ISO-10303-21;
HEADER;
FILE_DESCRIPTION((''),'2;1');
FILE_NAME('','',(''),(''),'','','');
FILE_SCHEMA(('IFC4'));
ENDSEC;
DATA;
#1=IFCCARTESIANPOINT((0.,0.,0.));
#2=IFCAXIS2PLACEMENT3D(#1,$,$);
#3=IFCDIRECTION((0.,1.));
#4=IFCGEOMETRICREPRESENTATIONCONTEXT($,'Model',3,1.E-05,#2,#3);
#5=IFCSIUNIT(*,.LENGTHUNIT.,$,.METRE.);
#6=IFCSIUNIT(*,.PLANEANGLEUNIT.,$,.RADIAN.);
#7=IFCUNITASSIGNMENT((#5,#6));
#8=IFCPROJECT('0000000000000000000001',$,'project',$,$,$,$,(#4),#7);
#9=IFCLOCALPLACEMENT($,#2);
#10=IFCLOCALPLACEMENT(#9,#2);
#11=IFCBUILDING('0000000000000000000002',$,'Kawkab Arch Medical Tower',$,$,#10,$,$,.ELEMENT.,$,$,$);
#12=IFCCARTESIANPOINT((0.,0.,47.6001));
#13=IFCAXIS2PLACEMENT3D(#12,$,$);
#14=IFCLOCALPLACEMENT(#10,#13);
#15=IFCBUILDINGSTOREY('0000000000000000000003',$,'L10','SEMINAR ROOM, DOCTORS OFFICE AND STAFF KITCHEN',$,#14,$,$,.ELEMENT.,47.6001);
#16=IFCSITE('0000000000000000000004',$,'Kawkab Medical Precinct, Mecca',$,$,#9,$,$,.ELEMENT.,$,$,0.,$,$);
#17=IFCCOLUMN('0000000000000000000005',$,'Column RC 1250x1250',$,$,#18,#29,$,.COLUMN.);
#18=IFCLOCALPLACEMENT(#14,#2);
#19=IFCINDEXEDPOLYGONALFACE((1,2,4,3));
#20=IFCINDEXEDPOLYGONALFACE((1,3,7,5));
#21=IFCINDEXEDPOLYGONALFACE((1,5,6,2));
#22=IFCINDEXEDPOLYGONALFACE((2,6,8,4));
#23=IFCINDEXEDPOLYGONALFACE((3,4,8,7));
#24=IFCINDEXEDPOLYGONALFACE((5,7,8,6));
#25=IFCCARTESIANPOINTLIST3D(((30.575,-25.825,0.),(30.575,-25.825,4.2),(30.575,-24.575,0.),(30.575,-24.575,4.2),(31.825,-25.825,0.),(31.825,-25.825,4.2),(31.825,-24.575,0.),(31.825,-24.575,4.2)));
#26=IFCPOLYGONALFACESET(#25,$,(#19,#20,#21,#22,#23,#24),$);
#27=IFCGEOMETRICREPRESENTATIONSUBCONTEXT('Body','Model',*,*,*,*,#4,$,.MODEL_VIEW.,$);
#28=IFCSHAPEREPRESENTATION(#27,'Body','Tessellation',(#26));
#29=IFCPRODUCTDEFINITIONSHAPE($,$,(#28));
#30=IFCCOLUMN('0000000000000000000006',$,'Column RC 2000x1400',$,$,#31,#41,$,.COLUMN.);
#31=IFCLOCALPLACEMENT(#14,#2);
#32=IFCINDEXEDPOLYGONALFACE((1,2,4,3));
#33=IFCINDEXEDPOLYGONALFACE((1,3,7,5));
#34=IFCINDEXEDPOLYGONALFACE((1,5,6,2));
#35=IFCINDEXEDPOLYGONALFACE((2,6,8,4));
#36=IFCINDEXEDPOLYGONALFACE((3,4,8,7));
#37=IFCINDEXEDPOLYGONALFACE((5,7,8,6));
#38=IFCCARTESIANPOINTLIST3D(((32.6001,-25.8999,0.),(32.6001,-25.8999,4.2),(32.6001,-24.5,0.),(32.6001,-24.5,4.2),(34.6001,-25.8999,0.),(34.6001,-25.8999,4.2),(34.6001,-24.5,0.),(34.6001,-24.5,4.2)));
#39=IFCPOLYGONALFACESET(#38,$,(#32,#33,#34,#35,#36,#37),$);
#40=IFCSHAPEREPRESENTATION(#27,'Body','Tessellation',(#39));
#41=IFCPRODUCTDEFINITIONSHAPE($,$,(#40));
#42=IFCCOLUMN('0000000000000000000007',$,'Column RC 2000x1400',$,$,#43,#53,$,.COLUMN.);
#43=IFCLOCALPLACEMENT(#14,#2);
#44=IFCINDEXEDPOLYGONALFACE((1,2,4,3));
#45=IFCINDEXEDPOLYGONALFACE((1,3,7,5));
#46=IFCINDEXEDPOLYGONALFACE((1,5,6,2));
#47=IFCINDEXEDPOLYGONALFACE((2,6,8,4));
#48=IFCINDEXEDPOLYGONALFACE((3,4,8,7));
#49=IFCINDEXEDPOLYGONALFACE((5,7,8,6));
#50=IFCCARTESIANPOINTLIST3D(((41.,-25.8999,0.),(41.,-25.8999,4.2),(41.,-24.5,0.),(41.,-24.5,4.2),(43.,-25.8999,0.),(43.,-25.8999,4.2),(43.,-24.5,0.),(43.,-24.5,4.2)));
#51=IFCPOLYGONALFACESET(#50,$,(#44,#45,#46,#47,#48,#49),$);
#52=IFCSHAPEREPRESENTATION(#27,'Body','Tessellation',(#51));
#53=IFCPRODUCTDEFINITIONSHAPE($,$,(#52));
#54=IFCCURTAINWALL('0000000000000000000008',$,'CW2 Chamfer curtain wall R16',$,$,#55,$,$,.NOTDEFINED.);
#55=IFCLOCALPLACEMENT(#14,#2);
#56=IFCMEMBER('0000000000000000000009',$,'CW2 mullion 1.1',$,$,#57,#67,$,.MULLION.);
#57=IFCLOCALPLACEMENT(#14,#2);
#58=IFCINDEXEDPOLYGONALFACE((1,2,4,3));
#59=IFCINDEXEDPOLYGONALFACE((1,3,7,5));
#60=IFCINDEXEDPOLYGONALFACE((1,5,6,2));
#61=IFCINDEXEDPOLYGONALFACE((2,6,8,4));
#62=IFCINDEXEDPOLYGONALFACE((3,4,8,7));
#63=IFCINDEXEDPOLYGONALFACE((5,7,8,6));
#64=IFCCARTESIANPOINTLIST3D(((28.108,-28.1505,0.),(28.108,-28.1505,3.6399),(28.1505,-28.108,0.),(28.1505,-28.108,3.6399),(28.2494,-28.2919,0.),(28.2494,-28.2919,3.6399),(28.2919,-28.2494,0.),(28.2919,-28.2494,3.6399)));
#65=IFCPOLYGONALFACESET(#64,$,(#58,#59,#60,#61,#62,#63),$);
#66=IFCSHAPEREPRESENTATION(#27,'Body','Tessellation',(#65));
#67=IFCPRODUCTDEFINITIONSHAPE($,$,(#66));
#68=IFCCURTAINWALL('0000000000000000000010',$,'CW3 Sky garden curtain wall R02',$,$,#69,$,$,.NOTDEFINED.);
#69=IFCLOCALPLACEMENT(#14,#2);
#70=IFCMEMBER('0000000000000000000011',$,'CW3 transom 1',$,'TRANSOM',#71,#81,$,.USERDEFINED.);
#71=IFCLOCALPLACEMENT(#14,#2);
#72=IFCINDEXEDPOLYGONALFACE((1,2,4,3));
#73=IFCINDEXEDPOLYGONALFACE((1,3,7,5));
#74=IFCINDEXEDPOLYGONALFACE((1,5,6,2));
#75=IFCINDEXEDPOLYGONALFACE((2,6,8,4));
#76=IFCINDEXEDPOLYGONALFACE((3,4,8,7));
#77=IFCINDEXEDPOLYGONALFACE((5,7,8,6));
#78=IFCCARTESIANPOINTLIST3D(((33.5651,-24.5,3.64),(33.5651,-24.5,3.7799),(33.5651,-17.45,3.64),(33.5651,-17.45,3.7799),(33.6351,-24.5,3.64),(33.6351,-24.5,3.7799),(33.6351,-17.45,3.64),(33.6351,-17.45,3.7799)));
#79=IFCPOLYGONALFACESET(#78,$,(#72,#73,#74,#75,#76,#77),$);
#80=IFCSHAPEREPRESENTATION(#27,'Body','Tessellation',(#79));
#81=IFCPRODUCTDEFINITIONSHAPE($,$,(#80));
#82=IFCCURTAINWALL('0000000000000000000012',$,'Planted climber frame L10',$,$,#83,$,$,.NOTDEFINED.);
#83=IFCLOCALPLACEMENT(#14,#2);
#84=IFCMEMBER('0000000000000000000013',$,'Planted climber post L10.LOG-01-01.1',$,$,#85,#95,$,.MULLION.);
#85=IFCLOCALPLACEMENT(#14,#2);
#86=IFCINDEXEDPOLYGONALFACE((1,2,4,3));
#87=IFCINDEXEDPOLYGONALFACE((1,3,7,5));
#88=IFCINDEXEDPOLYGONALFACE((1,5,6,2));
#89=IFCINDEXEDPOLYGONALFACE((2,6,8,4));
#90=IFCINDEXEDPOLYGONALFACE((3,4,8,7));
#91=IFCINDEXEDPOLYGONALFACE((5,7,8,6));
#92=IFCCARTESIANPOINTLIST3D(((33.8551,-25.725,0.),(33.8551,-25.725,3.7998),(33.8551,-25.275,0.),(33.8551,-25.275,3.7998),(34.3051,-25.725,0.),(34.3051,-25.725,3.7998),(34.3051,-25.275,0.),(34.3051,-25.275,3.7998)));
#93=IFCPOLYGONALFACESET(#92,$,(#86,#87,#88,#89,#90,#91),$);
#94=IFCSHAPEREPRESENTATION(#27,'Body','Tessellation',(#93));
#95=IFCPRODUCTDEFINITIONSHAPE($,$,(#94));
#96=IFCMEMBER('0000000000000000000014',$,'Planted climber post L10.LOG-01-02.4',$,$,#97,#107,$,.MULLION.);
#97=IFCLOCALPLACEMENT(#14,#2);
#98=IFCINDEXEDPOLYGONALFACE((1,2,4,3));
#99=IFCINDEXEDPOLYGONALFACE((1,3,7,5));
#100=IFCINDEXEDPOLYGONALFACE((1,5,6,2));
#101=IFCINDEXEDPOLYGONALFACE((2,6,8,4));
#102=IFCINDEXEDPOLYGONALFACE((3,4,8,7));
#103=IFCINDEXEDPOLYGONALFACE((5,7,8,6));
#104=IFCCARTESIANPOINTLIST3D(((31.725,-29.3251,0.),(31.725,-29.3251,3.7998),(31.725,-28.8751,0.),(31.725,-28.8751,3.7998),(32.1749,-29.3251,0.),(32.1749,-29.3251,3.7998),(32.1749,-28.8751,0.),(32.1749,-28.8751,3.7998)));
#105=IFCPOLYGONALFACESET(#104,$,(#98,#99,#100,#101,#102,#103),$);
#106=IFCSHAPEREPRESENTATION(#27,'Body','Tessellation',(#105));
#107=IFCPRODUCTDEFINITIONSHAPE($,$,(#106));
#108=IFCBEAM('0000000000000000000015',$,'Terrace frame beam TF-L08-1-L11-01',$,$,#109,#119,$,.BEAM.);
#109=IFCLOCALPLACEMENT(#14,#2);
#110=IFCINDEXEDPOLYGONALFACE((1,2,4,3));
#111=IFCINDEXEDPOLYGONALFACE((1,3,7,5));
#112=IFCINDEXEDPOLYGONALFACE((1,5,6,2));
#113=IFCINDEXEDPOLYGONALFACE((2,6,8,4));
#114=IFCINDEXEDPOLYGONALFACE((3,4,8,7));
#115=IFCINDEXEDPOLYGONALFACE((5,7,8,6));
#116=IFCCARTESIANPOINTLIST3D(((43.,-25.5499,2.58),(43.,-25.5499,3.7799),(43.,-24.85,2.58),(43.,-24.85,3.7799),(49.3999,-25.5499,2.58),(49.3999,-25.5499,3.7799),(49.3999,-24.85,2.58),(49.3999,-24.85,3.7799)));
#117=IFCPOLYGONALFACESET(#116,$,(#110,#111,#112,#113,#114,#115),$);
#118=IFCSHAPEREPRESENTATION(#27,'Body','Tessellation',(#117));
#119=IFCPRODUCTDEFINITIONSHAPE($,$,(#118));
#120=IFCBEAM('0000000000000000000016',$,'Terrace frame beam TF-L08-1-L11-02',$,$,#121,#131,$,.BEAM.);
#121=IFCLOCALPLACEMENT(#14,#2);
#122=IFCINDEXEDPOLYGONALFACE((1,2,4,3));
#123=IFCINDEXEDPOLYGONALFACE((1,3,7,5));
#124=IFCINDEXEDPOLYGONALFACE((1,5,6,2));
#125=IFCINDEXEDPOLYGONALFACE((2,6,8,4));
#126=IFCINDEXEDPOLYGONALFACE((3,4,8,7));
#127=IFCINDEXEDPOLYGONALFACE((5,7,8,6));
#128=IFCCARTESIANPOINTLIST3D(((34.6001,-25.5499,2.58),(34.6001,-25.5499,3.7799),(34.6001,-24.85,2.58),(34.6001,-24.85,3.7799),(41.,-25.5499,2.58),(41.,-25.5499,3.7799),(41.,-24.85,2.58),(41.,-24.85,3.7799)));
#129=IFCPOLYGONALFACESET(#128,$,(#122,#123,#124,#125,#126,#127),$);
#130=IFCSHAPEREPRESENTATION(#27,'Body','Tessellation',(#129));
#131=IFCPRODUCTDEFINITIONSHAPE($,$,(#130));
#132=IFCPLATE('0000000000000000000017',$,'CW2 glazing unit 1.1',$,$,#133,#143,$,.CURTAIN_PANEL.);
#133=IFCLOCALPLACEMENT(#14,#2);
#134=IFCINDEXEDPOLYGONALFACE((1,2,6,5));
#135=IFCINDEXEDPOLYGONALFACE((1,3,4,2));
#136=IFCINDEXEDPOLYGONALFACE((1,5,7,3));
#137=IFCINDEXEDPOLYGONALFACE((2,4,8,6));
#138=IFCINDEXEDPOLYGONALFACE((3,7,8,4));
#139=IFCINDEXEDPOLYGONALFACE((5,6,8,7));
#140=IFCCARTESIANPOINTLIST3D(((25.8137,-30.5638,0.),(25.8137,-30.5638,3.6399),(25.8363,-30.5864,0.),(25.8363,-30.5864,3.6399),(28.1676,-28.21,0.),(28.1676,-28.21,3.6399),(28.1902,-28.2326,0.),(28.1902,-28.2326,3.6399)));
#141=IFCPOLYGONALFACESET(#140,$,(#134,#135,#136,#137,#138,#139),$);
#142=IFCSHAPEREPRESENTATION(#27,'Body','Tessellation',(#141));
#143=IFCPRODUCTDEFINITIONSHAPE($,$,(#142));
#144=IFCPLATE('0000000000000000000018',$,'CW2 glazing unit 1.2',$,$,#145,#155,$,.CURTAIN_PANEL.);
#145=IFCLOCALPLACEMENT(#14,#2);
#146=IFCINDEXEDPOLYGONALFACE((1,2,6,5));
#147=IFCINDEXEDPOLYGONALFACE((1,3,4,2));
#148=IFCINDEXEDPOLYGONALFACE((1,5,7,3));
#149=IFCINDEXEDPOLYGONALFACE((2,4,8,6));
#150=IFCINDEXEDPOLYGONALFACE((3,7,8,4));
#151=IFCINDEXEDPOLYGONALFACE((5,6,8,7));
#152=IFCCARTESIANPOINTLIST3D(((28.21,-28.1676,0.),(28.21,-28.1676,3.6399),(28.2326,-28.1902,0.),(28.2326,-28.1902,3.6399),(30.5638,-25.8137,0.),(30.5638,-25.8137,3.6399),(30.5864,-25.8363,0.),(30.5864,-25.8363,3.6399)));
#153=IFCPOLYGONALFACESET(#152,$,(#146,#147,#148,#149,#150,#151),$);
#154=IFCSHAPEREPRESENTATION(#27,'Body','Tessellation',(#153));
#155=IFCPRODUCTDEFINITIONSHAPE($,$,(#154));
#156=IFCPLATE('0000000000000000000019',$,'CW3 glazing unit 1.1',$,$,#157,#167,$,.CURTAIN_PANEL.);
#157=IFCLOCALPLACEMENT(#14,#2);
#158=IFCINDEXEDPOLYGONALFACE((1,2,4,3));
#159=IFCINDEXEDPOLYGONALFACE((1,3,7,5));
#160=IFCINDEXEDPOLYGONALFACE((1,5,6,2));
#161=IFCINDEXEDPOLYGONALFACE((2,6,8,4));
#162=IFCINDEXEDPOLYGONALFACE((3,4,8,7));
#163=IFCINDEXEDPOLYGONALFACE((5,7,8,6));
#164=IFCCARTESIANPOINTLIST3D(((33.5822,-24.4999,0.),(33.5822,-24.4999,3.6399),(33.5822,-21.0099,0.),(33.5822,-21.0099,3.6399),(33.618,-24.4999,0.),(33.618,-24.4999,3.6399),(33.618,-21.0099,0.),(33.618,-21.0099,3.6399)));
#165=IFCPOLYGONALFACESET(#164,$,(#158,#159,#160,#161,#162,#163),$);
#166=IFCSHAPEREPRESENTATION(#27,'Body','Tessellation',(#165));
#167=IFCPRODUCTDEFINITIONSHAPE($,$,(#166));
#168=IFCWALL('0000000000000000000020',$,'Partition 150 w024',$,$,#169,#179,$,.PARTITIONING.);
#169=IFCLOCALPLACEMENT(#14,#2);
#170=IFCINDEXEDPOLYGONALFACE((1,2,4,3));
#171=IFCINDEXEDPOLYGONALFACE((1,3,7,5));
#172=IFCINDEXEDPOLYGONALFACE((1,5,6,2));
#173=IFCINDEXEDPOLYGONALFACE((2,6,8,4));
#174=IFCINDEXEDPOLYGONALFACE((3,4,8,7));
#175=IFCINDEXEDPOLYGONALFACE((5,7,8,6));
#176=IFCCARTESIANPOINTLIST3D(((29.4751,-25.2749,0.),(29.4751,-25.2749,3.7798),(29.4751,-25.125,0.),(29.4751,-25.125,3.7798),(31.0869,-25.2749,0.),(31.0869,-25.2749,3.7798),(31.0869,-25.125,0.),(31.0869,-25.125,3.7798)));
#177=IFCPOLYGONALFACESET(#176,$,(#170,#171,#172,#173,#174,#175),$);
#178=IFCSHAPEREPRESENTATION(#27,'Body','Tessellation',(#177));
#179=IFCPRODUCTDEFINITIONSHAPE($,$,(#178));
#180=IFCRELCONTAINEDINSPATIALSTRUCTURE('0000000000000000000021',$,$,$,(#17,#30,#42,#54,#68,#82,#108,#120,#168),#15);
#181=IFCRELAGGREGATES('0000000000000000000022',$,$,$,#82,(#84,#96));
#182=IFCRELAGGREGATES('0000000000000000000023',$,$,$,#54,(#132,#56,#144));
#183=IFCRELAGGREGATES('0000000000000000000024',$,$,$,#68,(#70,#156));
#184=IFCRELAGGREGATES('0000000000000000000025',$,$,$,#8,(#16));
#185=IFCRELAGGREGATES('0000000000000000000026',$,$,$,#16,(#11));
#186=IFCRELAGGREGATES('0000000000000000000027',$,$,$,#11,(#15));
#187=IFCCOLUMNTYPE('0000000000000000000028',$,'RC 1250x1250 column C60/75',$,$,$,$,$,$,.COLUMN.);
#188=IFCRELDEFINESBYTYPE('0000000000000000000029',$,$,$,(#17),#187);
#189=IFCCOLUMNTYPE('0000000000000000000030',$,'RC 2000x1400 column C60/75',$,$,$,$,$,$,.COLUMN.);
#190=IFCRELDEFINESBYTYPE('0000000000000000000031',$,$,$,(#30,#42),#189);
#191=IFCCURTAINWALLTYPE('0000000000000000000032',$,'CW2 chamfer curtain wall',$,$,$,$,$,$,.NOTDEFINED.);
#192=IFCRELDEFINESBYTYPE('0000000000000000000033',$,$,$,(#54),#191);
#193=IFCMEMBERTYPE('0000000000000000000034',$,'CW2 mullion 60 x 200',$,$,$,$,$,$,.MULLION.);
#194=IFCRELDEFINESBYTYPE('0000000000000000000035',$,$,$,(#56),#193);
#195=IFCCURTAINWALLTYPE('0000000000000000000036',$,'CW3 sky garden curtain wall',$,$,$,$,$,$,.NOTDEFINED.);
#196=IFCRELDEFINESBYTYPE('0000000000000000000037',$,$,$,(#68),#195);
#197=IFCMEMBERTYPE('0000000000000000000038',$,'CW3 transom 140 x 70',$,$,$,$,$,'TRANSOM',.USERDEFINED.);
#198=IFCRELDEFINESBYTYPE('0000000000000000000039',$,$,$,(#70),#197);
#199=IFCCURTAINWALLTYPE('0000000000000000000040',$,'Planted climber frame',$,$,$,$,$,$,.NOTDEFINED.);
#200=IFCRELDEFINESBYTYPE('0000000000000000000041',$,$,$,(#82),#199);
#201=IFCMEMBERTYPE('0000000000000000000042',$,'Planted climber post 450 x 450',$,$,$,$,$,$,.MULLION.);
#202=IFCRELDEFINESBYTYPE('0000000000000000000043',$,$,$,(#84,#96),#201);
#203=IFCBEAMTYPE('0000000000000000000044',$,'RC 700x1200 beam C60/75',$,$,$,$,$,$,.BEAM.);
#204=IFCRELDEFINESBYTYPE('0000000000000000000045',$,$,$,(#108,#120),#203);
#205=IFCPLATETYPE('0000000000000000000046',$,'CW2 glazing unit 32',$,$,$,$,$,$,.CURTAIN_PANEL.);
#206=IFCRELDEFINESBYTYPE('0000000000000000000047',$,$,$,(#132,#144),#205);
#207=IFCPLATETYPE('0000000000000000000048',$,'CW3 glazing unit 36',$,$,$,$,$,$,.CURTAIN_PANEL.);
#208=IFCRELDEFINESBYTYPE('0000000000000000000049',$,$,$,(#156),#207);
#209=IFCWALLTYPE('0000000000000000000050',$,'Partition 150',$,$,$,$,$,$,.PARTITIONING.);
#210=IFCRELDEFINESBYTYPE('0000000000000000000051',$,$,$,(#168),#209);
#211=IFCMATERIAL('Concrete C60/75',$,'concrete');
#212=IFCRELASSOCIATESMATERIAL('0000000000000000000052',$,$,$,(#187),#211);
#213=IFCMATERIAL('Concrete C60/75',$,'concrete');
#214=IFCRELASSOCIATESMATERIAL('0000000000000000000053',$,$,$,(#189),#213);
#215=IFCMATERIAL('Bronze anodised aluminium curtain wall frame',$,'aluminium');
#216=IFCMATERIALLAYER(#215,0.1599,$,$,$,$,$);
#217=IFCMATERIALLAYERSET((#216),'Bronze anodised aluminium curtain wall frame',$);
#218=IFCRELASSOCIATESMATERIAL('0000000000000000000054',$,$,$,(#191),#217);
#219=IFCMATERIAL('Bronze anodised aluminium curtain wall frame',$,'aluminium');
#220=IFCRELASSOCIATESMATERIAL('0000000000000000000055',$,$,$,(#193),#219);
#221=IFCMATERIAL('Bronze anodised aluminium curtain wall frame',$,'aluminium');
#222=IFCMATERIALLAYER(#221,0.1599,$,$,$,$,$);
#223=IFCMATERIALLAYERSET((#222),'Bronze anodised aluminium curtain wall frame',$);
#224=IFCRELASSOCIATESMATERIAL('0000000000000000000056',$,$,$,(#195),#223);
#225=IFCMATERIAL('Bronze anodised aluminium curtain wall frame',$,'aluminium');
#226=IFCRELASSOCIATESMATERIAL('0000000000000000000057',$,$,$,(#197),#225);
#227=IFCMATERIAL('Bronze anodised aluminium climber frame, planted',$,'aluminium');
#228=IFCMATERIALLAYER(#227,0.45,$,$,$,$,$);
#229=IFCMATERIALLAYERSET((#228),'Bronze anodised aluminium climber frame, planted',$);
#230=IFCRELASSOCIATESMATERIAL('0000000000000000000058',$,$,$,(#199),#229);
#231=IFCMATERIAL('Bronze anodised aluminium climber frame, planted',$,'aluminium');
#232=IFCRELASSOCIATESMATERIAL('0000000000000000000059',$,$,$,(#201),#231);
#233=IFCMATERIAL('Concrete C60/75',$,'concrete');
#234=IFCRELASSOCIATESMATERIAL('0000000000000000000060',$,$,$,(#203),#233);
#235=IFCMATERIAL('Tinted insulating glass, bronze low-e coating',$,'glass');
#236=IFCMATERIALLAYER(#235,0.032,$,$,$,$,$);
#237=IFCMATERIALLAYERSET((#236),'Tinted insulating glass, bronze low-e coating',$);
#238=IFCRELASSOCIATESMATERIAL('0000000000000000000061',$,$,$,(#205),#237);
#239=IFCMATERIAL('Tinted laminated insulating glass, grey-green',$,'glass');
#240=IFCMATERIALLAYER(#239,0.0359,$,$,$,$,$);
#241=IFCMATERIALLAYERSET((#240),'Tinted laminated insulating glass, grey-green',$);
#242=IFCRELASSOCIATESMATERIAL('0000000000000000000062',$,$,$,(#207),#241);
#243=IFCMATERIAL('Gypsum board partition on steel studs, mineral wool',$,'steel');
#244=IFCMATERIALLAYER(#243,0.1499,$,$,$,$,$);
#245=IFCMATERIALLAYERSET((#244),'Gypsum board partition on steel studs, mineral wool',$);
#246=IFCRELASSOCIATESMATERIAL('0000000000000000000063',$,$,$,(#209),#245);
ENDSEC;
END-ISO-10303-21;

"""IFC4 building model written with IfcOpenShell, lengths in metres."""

from ifc_helpers import new_model, si_unit, direction, frame, frame_2d, origin, origin_2d, place, context, subcontext, project, spatial, rectangle, extrude, material, layer, layer_set, material_profile, profile_set, type_object, element, aggregate, save


model = new_model("IFC4")

# Units and contexts
model_context = context("Model", 3, precision=1e-05, world=origin(), true_north=direction((0.0, 1.0)))
body_context = subcontext(model_context, "Body", "Model", "MODEL_VIEW")
ifc_project = project(units=[si_unit("LENGTHUNIT", "METRE"), si_unit("PLANEANGLEUNIT", "RADIAN")], contexts=[model_context])

# Site, building, storey
site_placement = place(None, origin())
site = spatial("IfcSite", under=ifc_project, at=site_placement, Name="Kawkab Medical Precinct, Mecca", CompositionType="ELEMENT", RefElevation=0.0)
building_placement = place(site_placement, origin())
building = spatial("IfcBuilding", under=site, at=building_placement, Name="Kawkab Arch Medical Tower", CompositionType="ELEMENT")
storey_placement = place(building_placement, frame((0.0, 0.0, 47.6001)))
storey = spatial("IfcBuildingStorey", under=building, at=storey_placement, Name="L10", Description="SEMINAR ROOM, DOCTORS OFFICE AND STAFF KITCHEN", CompositionType="ELEMENT", Elevation=47.6001)

# Columns
ifc_material_1 = material(Name="Concrete C60/75", Category="concrete")
ifc_material_profile_1 = material_profile(ifc_material_1, rectangle(XDim=1.25, YDim=1.25, at=origin_2d()), Name="RC 1250x1250")
ifc_profile_set_1 = profile_set([ifc_material_profile_1], Name="Concrete C60/75")
column_type_1 = type_object("IfcColumnType", Name="RC 1250x1250 column C60/75", PredefinedType="COLUMN", material=ifc_profile_set_1)
column_placement = place(storey_placement, frame((31.2, -25.2, 0.0), z_axis=(0.0, 0.0, 1.0), x_axis=(1.0, 0.0, 0.0)))
element("IfcColumn", 1, at=column_placement, inside=storey, type_object=column_type_1, Name="Column RC 1250x1250", PredefinedType="COLUMN", context=body_context, shape_type="SweptSolid", body=[
    extrude(rectangle(XDim=1.25, YDim=1.25, at=origin_2d()), origin(), (0.0, 0.0, 1.0), 4.2),
])
ifc_material_2 = material(Name="Concrete C60/75", Category="concrete")
ifc_material_profile_2 = material_profile(ifc_material_2, rectangle(XDim=2.0, YDim=1.3999, at=origin_2d()), Name="RC 2000x1400")
ifc_profile_set_2 = profile_set([ifc_material_profile_2], Name="Concrete C60/75")
column_type_2 = type_object("IfcColumnType", Name="RC 2000x1400 column C60/75", PredefinedType="COLUMN", material=ifc_profile_set_2)
for number, where, z_axis, x_axis, name in (
    (2, (33.6001, -25.2, 0.0), (0.0, 0.0, 1.0), (-1.0, 0.0, 0.0), "Column RC 2000x1400"),
    (3, (42.0, -25.2, 0.0), (0.0, 0.0, 1.0), (-1.0, 0.0, 0.0), "Column RC 2000x1400"),
):
    element("IfcColumn", number, at=place(storey_placement, frame(where, z_axis=z_axis, x_axis=x_axis)), inside=storey, type_object=column_type_2, Name=name, PredefinedType="COLUMN", context=body_context, shape_type="SweptSolid", body=[
        extrude(rectangle(XDim=2.0, YDim=1.3999, at=origin_2d()), origin(), (0.0, 0.0, 1.0), 4.2),
    ])

# Curtain walls, members
ifc_material_3 = material(Name="Bronze anodised aluminium curtain wall frame", Category="aluminium")
ifc_layer_1 = layer(ifc_material_3, 0.1599)
ifc_layer_set_1 = layer_set([ifc_layer_1], Name="Bronze anodised aluminium curtain wall frame")
curtain_wall_type_1 = type_object("IfcCurtainWallType", Name="CW2 chamfer curtain wall", PredefinedType="NOTDEFINED", material=ifc_layer_set_1)
placement = place(storey_placement, origin())
curtain_wall_1 = element("IfcCurtainWall", 4, at=placement, inside=storey, type_object=curtain_wall_type_1, Name="CW2 Chamfer curtain wall R16", PredefinedType="NOTDEFINED")
ifc_material_4 = material(Name="Bronze anodised aluminium curtain wall frame", Category="aluminium")
ifc_material_profile_3 = material_profile(ifc_material_4, rectangle(XDim=0.2, YDim=0.0601, at=origin_2d()), Name="AL 60x200")
ifc_profile_set_3 = profile_set([ifc_material_profile_3], Name="Bronze anodised aluminium curtain wall frame")
member_type_1 = type_object("IfcMemberType", Name="CW2 mullion 60 x 200", PredefinedType="MULLION", material=ifc_profile_set_3)
member_1_placement = place(storey_placement, frame((28.2, -28.2, 0.0), z_axis=(0.0, 0.0, 1.0), x_axis=(-0.707107, 0.707107, 0.0)))
member_1 = element("IfcMember", 5, at=member_1_placement, type_object=member_type_1, Name="CW2 mullion 1.1", PredefinedType="MULLION", context=body_context, shape_type="SweptSolid", body=[
    extrude(rectangle(XDim=0.2, YDim=0.0601, at=origin_2d()), origin(), (0.0, 0.0, 1.0), 3.6399),
])
ifc_material_5 = material(Name="Bronze anodised aluminium curtain wall frame", Category="aluminium")
ifc_layer_2 = layer(ifc_material_5, 0.1599)
ifc_layer_set_2 = layer_set([ifc_layer_2], Name="Bronze anodised aluminium curtain wall frame")
curtain_wall_type_2 = type_object("IfcCurtainWallType", Name="CW3 sky garden curtain wall", PredefinedType="NOTDEFINED", material=ifc_layer_set_2)
curtain_wall_2 = element("IfcCurtainWall", 6, at=placement, inside=storey, type_object=curtain_wall_type_2, Name="CW3 Sky garden curtain wall R02", PredefinedType="NOTDEFINED")
ifc_material_6 = material(Name="Bronze anodised aluminium curtain wall frame", Category="aluminium")
ifc_material_profile_4 = material_profile(ifc_material_6, rectangle(XDim=0.0701, YDim=0.1399, at=origin_2d()), Name="AL 70x140")
ifc_profile_set_4 = profile_set([ifc_material_profile_4], Name="Bronze anodised aluminium curtain wall frame")
member_type_2 = type_object("IfcMemberType", Name="CW3 transom 140 x 70", ElementType="TRANSOM", PredefinedType="USERDEFINED", material=ifc_profile_set_4)
member_2_placement = place(storey_placement, frame((33.6001, -24.5, 3.71), z_axis=(0.0, 1.0, 0.0), x_axis=(-1.0, 0.0, 0.0)))
member_2 = element("IfcMember", 7, at=member_2_placement, type_object=member_type_2, Name="CW3 transom 1", ObjectType="TRANSOM", PredefinedType="USERDEFINED", context=body_context, shape_type="SweptSolid", body=[
    extrude(rectangle(XDim=0.0701, YDim=0.1399, at=origin_2d()), origin(), (0.0, 0.0, 1.0), 7.05),
])

# Curtain wall, members
ifc_material_7 = material(Name="Bronze anodised aluminium climber frame, planted", Category="aluminium")
ifc_layer_3 = layer(ifc_material_7, 0.45)
ifc_layer_set_3 = layer_set([ifc_layer_3], Name="Bronze anodised aluminium climber frame, planted")
curtain_wall_type_3 = type_object("IfcCurtainWallType", Name="Planted climber frame", PredefinedType="NOTDEFINED", material=ifc_layer_set_3)
curtain_wall_3 = element("IfcCurtainWall", 8, at=placement, inside=storey, type_object=curtain_wall_type_3, Name="Planted climber frame L10", PredefinedType="NOTDEFINED")
ifc_material_8 = material(Name="Bronze anodised aluminium climber frame, planted", Category="aluminium")
ifc_material_profile_5 = material_profile(ifc_material_8, rectangle(XDim=0.45, YDim=0.45, at=origin_2d()), Name="Post 450x450")
ifc_profile_set_5 = profile_set([ifc_material_profile_5], Name="Bronze anodised aluminium climber frame, planted")
member_type_3 = type_object("IfcMemberType", Name="Planted climber post 450 x 450", PredefinedType="MULLION", material=ifc_profile_set_5)
member_3_placement = place(storey_placement, frame((34.0801, -25.5, 0.0), z_axis=(0.0, 0.0, 1.0), x_axis=(1.0, 0.0, 0.0)))
member_3 = element("IfcMember", 9, at=member_3_placement, type_object=member_type_3, Name="Planted climber post L10.LOG-01-01.1", PredefinedType="MULLION", context=body_context, shape_type="SweptSolid", body=[
    extrude(rectangle(XDim=0.45, YDim=0.45, at=origin_2d()), origin(), (0.0, 0.0, 1.0), 3.7998),
])
member_4_placement = place(storey_placement, frame((31.95, -29.1001, 0.0), z_axis=(0.0, 0.0, 1.0), x_axis=(1.0, 0.0, 0.0)))
member_4 = element("IfcMember", 10, at=member_4_placement, type_object=member_type_3, Name="Planted climber post L10.LOG-01-02.4", PredefinedType="MULLION", context=body_context, shape_type="SweptSolid", body=[
    extrude(rectangle(XDim=0.45, YDim=0.45, at=origin_2d()), origin(), (0.0, 0.0, 1.0), 3.7998),
])
aggregate(curtain_wall_3, [member_3, member_4])

# Beams
ifc_material_9 = material(Name="Concrete C60/75", Category="concrete")
ifc_material_profile_6 = material_profile(ifc_material_9, rectangle(XDim=0.7, YDim=1.2, at=origin_2d()), Name="RC 700x1200")
ifc_profile_set_6 = profile_set([ifc_material_profile_6], Name="Concrete C60/75")
beam_type = type_object("IfcBeamType", Name="RC 700x1200 beam C60/75", PredefinedType="BEAM", material=ifc_profile_set_6)
for number, where, z_axis, x_axis, name in (
    (11, (49.3999, -25.2, 3.1799), (-1.0, 0.0, 0.0), (0.0, -1.0, 0.0), "Terrace frame beam TF-L08-1-L11-01"),
    (12, (41.0, -25.2, 3.1799), (-1.0, 0.0, 0.0), (0.0, -1.0, 0.0), "Terrace frame beam TF-L08-1-L11-02"),
):
    element("IfcBeam", number, at=place(storey_placement, frame(where, z_axis=z_axis, x_axis=x_axis)), inside=storey, type_object=beam_type, Name=name, PredefinedType="BEAM", context=body_context, shape_type="SweptSolid", body=[
        extrude(rectangle(XDim=0.7, YDim=1.2, at=origin_2d()), origin(), (0.0, 0.0, 1.0), 6.3999),
    ])

# Plates
ifc_material_10 = material(Name="Tinted insulating glass, bronze low-e coating", Category="glass")
ifc_layer_4 = layer(ifc_material_10, 0.032)
ifc_layer_set_4 = layer_set([ifc_layer_4], Name="Tinted insulating glass, bronze low-e coating")
plate_type_1 = type_object("IfcPlateType", Name="CW2 glazing unit 32", PredefinedType="CURTAIN_PANEL", material=ifc_layer_set_4)
plate_1_placement = place(storey_placement, frame((27.002, -29.3982, 0.0), z_axis=(0.0, 0.0, 1.0), x_axis=(0.707107, 0.707107, 0.0)))
plate_1 = element("IfcPlate", 13, at=plate_1_placement, type_object=plate_type_1, Name="CW2 glazing unit 1.1", PredefinedType="CURTAIN_PANEL", context=body_context, shape_type="SweptSolid", body=[
    extrude(rectangle(XDim=3.3289, YDim=0.032, at=origin_2d()), origin(), (0.0, 0.0, 1.0), 3.6399),
])
plate_2_placement = place(storey_placement, frame((29.3982, -27.002, 0.0), z_axis=(0.0, 0.0, 1.0), x_axis=(0.707107, 0.707107, 0.0)))
plate_2 = element("IfcPlate", 14, at=plate_2_placement, type_object=plate_type_1, Name="CW2 glazing unit 1.2", PredefinedType="CURTAIN_PANEL", context=body_context, shape_type="SweptSolid", body=[
    extrude(rectangle(XDim=3.3289, YDim=0.032, at=origin_2d()), origin(), (0.0, 0.0, 1.0), 3.6399),
])
aggregate(curtain_wall_1, [plate_1, member_1, plate_2])
ifc_material_11 = material(Name="Tinted laminated insulating glass, grey-green", Category="glass")
ifc_layer_5 = layer(ifc_material_11, 0.0359)
ifc_layer_set_5 = layer_set([ifc_layer_5], Name="Tinted laminated insulating glass, grey-green")
plate_type_2 = type_object("IfcPlateType", Name="CW3 glazing unit 36", PredefinedType="CURTAIN_PANEL", material=ifc_layer_set_5)
plate_3_placement = place(storey_placement, frame((33.6001, -22.7549, 0.0), z_axis=(0.0, 0.0, 1.0), x_axis=(0.0, 1.0, 0.0)))
plate_3 = element("IfcPlate", 15, at=plate_3_placement, type_object=plate_type_2, Name="CW3 glazing unit 1.1", PredefinedType="CURTAIN_PANEL", context=body_context, shape_type="SweptSolid", body=[
    extrude(rectangle(XDim=3.49, YDim=0.0359, at=origin_2d()), origin(), (0.0, 0.0, 1.0), 3.6399),
])
aggregate(curtain_wall_2, [member_2, plate_3])

# Wall
ifc_material_12 = material(Name="Gypsum board partition on steel studs, mineral wool", Category="steel")
ifc_layer_6 = layer(ifc_material_12, 0.1499)
ifc_layer_set_6 = layer_set([ifc_layer_6], Name="Gypsum board partition on steel studs, mineral wool")
wall_type = type_object("IfcWallType", Name="Partition 150", PredefinedType="PARTITIONING", material=ifc_layer_set_6)
wall_1_placement = place(storey_placement, frame((29.4751, -25.2, 0.0), z_axis=(0.0, 0.0, 1.0), x_axis=(1.0, 0.0, 0.0)))
element("IfcWall", 16, at=wall_1_placement, inside=storey, type_object=wall_type, Name="Partition 150 w024", PredefinedType="PARTITIONING", context=body_context, shape_type="SweptSolid", body=[
    extrude(rectangle(XDim=1.6118, YDim=0.1499, at=frame_2d((0.8059, 0.0))), origin(), (0.0, 0.0, 1.0), 3.7798),
])

save(model, "model.ifc")
